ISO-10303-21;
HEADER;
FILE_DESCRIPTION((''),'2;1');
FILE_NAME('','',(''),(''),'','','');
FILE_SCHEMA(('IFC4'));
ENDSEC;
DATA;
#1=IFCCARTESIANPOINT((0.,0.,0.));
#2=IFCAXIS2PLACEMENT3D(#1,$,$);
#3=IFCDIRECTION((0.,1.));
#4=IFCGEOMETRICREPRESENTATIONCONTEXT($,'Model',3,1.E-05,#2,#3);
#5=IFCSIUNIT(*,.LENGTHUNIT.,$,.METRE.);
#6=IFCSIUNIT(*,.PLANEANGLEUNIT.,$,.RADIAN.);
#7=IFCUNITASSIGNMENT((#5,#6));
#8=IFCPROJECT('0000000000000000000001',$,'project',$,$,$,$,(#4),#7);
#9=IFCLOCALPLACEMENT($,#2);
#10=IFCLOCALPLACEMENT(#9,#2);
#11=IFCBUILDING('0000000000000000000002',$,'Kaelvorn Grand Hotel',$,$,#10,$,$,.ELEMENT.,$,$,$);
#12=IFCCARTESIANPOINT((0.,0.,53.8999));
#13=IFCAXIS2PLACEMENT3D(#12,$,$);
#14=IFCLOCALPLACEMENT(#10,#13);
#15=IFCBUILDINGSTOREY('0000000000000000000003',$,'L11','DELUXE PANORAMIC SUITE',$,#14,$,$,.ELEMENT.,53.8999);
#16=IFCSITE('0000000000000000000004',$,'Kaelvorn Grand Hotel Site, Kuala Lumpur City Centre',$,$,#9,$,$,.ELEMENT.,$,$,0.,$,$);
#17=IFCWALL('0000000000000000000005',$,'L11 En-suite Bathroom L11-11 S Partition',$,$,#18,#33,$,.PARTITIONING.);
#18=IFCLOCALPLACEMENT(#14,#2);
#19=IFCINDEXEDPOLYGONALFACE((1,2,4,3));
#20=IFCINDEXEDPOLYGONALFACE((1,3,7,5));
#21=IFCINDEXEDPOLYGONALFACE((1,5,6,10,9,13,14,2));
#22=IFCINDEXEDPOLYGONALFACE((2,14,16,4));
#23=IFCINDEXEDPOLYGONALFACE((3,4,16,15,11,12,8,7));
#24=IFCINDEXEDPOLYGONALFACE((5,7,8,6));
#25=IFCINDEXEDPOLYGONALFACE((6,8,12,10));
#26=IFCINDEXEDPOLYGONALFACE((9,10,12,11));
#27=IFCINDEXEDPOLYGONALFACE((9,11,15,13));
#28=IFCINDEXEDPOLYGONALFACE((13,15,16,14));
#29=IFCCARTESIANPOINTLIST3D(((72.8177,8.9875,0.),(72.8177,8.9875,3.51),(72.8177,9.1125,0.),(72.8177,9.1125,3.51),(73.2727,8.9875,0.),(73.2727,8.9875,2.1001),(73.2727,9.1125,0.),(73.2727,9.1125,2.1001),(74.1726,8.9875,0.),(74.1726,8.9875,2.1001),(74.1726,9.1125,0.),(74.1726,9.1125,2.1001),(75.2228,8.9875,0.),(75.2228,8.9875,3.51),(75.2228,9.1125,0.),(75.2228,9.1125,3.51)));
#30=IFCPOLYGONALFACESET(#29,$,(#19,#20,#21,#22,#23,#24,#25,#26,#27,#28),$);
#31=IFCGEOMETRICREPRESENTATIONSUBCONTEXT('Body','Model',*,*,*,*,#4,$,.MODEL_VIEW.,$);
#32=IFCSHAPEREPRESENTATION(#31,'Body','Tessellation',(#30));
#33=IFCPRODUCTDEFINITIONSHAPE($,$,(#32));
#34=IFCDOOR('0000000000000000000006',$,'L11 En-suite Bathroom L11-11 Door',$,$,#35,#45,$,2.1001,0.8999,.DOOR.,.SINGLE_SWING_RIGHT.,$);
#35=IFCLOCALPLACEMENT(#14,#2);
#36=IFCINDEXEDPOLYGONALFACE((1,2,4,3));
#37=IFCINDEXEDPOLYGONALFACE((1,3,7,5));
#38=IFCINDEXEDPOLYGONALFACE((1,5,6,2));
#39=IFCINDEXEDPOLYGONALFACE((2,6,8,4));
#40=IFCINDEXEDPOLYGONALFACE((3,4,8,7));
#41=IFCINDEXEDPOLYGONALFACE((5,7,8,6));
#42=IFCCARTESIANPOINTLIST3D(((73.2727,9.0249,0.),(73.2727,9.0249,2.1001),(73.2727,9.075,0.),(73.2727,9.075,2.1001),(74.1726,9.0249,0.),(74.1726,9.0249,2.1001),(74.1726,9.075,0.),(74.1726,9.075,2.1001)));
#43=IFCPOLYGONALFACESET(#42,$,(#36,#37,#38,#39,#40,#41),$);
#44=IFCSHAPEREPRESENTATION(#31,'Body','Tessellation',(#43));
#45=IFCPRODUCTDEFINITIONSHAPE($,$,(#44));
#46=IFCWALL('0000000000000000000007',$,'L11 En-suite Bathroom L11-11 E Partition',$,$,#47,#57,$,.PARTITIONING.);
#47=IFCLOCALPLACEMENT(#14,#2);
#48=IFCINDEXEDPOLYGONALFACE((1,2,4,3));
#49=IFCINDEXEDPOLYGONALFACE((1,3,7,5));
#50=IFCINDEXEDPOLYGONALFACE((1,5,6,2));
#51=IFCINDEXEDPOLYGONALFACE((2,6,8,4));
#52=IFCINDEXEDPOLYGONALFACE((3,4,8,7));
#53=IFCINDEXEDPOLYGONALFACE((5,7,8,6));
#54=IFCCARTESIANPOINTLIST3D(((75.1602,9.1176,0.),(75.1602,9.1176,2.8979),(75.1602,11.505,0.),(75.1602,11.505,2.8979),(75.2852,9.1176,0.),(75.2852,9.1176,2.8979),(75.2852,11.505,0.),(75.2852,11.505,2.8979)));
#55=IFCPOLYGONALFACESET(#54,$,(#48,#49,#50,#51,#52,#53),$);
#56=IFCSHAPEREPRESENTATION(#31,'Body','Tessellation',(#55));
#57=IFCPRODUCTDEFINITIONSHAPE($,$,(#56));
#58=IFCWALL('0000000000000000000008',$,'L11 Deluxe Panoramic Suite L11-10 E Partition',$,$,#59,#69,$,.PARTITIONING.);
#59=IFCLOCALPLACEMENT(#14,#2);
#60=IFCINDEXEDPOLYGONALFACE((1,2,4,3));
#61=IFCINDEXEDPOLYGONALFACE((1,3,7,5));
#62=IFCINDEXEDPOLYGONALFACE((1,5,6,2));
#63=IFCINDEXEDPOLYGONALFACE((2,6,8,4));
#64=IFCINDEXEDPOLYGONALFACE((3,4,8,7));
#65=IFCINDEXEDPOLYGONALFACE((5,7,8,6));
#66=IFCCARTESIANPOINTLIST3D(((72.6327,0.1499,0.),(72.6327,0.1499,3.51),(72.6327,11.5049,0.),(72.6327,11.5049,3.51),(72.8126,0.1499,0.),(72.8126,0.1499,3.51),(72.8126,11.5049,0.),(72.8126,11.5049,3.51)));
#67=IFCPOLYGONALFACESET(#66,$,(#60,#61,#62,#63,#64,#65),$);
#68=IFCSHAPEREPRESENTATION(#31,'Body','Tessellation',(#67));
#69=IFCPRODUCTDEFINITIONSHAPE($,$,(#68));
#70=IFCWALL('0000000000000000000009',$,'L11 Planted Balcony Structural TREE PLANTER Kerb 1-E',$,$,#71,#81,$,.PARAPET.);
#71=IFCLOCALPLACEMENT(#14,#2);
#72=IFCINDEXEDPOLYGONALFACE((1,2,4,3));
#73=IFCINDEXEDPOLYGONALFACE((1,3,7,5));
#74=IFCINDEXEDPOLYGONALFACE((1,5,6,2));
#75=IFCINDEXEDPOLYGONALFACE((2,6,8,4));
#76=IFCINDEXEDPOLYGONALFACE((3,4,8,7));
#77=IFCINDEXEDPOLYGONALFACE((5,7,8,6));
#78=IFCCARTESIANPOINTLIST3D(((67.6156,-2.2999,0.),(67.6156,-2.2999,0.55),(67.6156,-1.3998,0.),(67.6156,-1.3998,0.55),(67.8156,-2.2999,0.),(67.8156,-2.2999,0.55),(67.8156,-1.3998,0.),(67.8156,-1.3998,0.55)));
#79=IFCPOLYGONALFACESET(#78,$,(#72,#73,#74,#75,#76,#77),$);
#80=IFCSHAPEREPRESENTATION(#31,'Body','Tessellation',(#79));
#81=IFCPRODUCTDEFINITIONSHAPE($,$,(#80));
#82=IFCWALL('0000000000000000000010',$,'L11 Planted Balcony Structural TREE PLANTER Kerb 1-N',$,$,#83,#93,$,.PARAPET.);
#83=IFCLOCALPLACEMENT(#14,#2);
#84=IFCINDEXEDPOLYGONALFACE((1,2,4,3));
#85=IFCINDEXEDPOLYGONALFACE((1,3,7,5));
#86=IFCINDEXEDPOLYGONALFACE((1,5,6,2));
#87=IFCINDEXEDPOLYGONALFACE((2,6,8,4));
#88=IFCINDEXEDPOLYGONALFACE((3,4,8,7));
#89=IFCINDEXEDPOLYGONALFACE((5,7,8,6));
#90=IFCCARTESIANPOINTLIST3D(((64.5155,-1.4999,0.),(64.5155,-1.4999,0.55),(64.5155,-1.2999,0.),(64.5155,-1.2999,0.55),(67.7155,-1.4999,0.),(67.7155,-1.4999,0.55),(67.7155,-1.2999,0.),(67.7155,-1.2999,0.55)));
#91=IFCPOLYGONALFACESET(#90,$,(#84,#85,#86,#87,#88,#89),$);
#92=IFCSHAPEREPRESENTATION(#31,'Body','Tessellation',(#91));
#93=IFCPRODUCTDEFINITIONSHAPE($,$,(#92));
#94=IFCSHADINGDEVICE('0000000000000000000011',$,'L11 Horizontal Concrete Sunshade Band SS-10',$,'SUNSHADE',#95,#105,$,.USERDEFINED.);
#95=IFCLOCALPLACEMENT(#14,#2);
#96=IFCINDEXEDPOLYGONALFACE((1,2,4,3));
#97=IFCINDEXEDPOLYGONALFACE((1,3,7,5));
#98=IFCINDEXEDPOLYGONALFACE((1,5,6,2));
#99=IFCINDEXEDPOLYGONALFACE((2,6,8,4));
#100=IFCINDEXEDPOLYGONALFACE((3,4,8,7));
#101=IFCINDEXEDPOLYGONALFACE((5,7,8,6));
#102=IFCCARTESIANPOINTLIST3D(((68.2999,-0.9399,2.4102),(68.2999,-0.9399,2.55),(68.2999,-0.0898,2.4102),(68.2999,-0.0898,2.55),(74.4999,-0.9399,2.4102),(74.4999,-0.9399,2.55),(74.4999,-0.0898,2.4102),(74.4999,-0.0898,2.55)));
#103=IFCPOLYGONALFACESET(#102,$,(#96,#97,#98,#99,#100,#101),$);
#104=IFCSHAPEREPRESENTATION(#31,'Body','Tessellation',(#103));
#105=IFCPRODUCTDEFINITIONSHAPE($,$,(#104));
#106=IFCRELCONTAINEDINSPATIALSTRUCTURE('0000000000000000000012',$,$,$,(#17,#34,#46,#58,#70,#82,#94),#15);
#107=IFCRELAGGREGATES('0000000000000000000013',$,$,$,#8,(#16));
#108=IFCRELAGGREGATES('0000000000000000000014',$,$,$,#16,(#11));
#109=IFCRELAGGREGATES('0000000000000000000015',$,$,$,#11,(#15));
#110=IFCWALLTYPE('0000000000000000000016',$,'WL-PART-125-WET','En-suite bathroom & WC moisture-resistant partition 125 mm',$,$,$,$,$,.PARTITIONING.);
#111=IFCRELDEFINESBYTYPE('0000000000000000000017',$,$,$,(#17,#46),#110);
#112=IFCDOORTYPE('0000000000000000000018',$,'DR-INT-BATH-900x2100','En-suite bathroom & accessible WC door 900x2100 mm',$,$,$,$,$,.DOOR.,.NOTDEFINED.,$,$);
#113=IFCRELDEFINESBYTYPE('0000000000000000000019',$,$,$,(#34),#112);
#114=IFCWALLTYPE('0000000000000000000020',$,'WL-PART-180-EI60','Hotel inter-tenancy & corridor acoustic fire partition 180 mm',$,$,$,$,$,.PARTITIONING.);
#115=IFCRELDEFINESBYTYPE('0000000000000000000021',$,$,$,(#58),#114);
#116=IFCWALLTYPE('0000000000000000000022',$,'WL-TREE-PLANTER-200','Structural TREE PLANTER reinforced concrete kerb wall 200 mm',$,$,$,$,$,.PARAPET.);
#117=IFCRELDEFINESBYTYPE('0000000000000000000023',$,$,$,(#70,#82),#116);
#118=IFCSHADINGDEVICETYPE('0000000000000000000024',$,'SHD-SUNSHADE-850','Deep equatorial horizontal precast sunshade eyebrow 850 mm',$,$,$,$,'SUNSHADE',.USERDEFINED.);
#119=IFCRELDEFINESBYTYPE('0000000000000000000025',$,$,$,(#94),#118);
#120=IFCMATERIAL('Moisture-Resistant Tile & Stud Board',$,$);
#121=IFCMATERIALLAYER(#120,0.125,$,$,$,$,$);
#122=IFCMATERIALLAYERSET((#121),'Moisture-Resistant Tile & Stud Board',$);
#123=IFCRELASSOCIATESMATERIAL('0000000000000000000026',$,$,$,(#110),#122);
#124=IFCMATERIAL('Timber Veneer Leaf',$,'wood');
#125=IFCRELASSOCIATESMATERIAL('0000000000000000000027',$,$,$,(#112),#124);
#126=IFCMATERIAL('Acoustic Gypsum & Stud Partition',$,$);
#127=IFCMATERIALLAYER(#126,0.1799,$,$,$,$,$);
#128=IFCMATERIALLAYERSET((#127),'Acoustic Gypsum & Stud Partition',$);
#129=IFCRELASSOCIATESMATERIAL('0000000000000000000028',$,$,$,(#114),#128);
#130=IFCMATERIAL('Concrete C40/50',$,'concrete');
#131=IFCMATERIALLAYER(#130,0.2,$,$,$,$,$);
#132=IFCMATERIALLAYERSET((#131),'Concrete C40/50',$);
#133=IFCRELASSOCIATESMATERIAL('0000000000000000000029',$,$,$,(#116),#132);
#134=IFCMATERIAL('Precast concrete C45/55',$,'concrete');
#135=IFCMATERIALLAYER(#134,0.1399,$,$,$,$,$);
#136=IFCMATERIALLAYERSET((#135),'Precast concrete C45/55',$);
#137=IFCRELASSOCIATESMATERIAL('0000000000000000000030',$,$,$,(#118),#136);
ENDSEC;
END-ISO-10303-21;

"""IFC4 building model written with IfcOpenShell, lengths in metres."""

from ifc_helpers import new_model, si_unit, direction, frame, frame_2d, origin, origin_2d, place, context, subcontext, project, spatial, rectangle, extrude, material, layer, layer_set, type_object, element, fill, save


model = new_model("IFC4")

# Units and contexts
model_context = context("Model", 3, precision=1e-05, world=origin(), true_north=direction((0.0, 1.0)))
body_context = subcontext(model_context, "Body", "Model", "MODEL_VIEW")
ifc_project = project(units=[si_unit("LENGTHUNIT", "METRE"), si_unit("PLANEANGLEUNIT", "RADIAN")], contexts=[model_context])

# Site, building, storey
site_placement = place(None, origin())
site = spatial("IfcSite", under=ifc_project, at=site_placement, Name="Kaelvorn Grand Hotel Site, Kuala Lumpur City Centre", CompositionType="ELEMENT", RefElevation=0.0)
building_placement = place(site_placement, origin())
building = spatial("IfcBuilding", under=site, at=building_placement, Name="Kaelvorn Grand Hotel", CompositionType="ELEMENT")
storey_placement = place(building_placement, frame((0.0, 0.0, 53.8999)))
storey = spatial("IfcBuildingStorey", under=building, at=storey_placement, Name="L11", Description="DELUXE PANORAMIC SUITE", CompositionType="ELEMENT", Elevation=53.8999)

# Shared definitions
ifc_material_1 = material(Name="Concrete C40/50", Category="concrete")

# Shared definitions
ifc_material_2 = material(Name="Precast concrete C45/55", Category="concrete")

# Shared definitions
ifc_material_3 = material(Name="Moisture-Resistant Tile & Stud Board")
ifc_layer_1 = layer(ifc_material_3, 0.125)
ifc_layer_set_1 = layer_set([ifc_layer_1], Name="Moisture-Resistant Tile & Stud Board")
wall_type_1 = type_object("IfcWallType", Name="WL-PART-125-WET", Description="En-suite bathroom & WC moisture-resistant partition 125 mm", PredefinedType="PARTITIONING", material=ifc_layer_set_1)

# Wall, opening, door
wall_1_placement = place(storey_placement, frame((72.8176, 9.05, 0.0), z_axis=(0.0, 0.0, 1.0), x_axis=(1.0, 0.0, 0.0)))
wall_1 = element("IfcWall", 1, at=wall_1_placement, inside=storey, type_object=wall_type_1, Name="L11 En-suite Bathroom L11-11 S Partition", PredefinedType="PARTITIONING", context=body_context, shape_type="SweptSolid", body=[
    extrude(rectangle(XDim=2.405, YDim=0.125, at=frame_2d((1.2026, 0.0))), origin(), (0.0, 0.0, 1.0), 3.51),
])
opening_1_placement = place(wall_1_placement, frame((0.4551, 0.0, 0.0)))
opening_1 = element("IfcOpeningElement", 2, at=opening_1_placement, cuts=wall_1, PredefinedType="OPENING", context=body_context, shape_type="SweptSolid", body=[
    extrude(rectangle(XDim=0.8999, YDim=2.1001, at=frame_2d((0.45, 1.05))), frame((0.0, 0.0725, 0.0), z_axis=(0.0, -1.0, 0.0), x_axis=(1.0, 0.0, 0.0)), (0.0, 0.0, 1.0), 0.145),
])
ifc_material_4 = material(Name="Timber Veneer Leaf", Category="wood")
door_type = type_object("IfcDoorType", Name="DR-INT-BATH-900x2100", Description="En-suite bathroom & accessible WC door 900x2100 mm", OperationType="NOTDEFINED", PredefinedType="DOOR", material=ifc_material_4)
door_placement = place(opening_1_placement, origin())
door = element("IfcDoor", 3, at=door_placement, inside=storey, type_object=door_type, Name="L11 En-suite Bathroom L11-11 Door", OperationType="SINGLE_SWING_RIGHT", OverallHeight=2.1001, OverallWidth=0.8999, PredefinedType="DOOR", context=body_context, shape_type="SweptSolid", body=[
    extrude(rectangle(XDim=0.8999, YDim=2.1001, at=frame_2d((0.45, 1.05))), frame((0.0, 0.0249, 0.0), z_axis=(0.0, -1.0, 0.0), x_axis=(1.0, 0.0, 0.0)), (0.0, 0.0, 1.0), 0.05),
])
fill(opening_1, door)

# Walls
wall_2_placement = place(storey_placement, frame((75.2227, 9.1174, 0.0), z_axis=(0.0, 0.0, 1.0), x_axis=(0.0, 1.0, 0.0)))
element("IfcWall", 4, at=wall_2_placement, inside=storey, type_object=wall_type_1, Name="L11 En-suite Bathroom L11-11 E Partition", PredefinedType="PARTITIONING", context=body_context, shape_type="SweptSolid", body=[
    extrude(rectangle(XDim=2.3875, YDim=0.125, at=frame_2d((1.1938, 0.0))), origin(), (0.0, 0.0, 1.0), 2.8979),
])
ifc_material_5 = material(Name="Acoustic Gypsum & Stud Partition")
ifc_layer_2 = layer(ifc_material_5, 0.1799)
ifc_layer_set_2 = layer_set([ifc_layer_2], Name="Acoustic Gypsum & Stud Partition")
wall_type_2 = type_object("IfcWallType", Name="WL-PART-180-EI60", Description="Hotel inter-tenancy & corridor acoustic fire partition 180 mm", PredefinedType="PARTITIONING", material=ifc_layer_set_2)
wall_3_placement = place(storey_placement, frame((72.7227, 0.1499, 0.0), z_axis=(0.0, 0.0, 1.0), x_axis=(0.0, 1.0, 0.0)))
element("IfcWall", 5, at=wall_3_placement, inside=storey, type_object=wall_type_2, Name="L11 Deluxe Panoramic Suite L11-10 E Partition", PredefinedType="PARTITIONING", context=body_context, shape_type="SweptSolid", body=[
    extrude(rectangle(XDim=11.355, YDim=0.1799, at=frame_2d((5.6775, 0.0))), origin(), (0.0, 0.0, 1.0), 3.51),
])
ifc_layer_3 = layer(ifc_material_1, 0.2)
ifc_layer_set_3 = layer_set([ifc_layer_3], Name="Concrete C40/50")
wall_type_3 = type_object("IfcWallType", Name="WL-TREE-PLANTER-200", Description="Structural TREE PLANTER reinforced concrete kerb wall 200 mm", PredefinedType="PARAPET", material=ifc_layer_set_3)
wall_4_placement = place(storey_placement, frame((67.7156, -2.3, 0.0), z_axis=(0.0, 0.0, 1.0), x_axis=(0.0, 1.0, 0.0)))
element("IfcWall", 6, at=wall_4_placement, inside=storey, type_object=wall_type_3, Name="L11 Planted Balcony Structural TREE PLANTER Kerb 1-E", PredefinedType="PARAPET", context=body_context, shape_type="SweptSolid", body=[
    extrude(rectangle(XDim=0.9001, YDim=0.2, at=frame_2d((0.4502, 0.0))), origin(), (0.0, 0.0, 1.0), 0.55),
])
wall_5_placement = place(storey_placement, frame((67.7156, -1.3999, 0.0), z_axis=(0.0, 0.0, 1.0), x_axis=(-1.0, 0.0, 0.0)))
element("IfcWall", 7, at=wall_5_placement, inside=storey, type_object=wall_type_3, Name="L11 Planted Balcony Structural TREE PLANTER Kerb 1-N", PredefinedType="PARAPET", context=body_context, shape_type="SweptSolid", body=[
    extrude(rectangle(XDim=3.2, YDim=0.2, at=frame_2d((1.6001, 0.0))), origin(), (0.0, 0.0, 1.0), 0.55),
])

# Shading device
ifc_layer_4 = layer(ifc_material_2, 0.1399)
ifc_layer_set_4 = layer_set([ifc_layer_4], Name="Precast concrete C45/55")
shading_device_type = type_object("IfcShadingDeviceType", Name="SHD-SUNSHADE-850", Description="Deep equatorial horizontal precast sunshade eyebrow 850 mm", ElementType="SUNSHADE", PredefinedType="USERDEFINED", material=ifc_layer_set_4)
shading_device_placement = place(storey_placement, frame((71.3999, -0.5149, 2.4102), z_axis=(0.0, 0.0, 1.0), x_axis=(1.0, 0.0, 0.0)))
element("IfcShadingDevice", 8, at=shading_device_placement, inside=storey, type_object=shading_device_type, Name="L11 Horizontal Concrete Sunshade Band SS-10", ObjectType="SUNSHADE", PredefinedType="USERDEFINED", context=body_context, shape_type="SweptSolid", body=[
    extrude(rectangle(XDim=6.2, YDim=0.8501, at=origin_2d()), origin(), (0.0, 0.0, 1.0), 0.1399),
])

save(model, "model.ifc")
